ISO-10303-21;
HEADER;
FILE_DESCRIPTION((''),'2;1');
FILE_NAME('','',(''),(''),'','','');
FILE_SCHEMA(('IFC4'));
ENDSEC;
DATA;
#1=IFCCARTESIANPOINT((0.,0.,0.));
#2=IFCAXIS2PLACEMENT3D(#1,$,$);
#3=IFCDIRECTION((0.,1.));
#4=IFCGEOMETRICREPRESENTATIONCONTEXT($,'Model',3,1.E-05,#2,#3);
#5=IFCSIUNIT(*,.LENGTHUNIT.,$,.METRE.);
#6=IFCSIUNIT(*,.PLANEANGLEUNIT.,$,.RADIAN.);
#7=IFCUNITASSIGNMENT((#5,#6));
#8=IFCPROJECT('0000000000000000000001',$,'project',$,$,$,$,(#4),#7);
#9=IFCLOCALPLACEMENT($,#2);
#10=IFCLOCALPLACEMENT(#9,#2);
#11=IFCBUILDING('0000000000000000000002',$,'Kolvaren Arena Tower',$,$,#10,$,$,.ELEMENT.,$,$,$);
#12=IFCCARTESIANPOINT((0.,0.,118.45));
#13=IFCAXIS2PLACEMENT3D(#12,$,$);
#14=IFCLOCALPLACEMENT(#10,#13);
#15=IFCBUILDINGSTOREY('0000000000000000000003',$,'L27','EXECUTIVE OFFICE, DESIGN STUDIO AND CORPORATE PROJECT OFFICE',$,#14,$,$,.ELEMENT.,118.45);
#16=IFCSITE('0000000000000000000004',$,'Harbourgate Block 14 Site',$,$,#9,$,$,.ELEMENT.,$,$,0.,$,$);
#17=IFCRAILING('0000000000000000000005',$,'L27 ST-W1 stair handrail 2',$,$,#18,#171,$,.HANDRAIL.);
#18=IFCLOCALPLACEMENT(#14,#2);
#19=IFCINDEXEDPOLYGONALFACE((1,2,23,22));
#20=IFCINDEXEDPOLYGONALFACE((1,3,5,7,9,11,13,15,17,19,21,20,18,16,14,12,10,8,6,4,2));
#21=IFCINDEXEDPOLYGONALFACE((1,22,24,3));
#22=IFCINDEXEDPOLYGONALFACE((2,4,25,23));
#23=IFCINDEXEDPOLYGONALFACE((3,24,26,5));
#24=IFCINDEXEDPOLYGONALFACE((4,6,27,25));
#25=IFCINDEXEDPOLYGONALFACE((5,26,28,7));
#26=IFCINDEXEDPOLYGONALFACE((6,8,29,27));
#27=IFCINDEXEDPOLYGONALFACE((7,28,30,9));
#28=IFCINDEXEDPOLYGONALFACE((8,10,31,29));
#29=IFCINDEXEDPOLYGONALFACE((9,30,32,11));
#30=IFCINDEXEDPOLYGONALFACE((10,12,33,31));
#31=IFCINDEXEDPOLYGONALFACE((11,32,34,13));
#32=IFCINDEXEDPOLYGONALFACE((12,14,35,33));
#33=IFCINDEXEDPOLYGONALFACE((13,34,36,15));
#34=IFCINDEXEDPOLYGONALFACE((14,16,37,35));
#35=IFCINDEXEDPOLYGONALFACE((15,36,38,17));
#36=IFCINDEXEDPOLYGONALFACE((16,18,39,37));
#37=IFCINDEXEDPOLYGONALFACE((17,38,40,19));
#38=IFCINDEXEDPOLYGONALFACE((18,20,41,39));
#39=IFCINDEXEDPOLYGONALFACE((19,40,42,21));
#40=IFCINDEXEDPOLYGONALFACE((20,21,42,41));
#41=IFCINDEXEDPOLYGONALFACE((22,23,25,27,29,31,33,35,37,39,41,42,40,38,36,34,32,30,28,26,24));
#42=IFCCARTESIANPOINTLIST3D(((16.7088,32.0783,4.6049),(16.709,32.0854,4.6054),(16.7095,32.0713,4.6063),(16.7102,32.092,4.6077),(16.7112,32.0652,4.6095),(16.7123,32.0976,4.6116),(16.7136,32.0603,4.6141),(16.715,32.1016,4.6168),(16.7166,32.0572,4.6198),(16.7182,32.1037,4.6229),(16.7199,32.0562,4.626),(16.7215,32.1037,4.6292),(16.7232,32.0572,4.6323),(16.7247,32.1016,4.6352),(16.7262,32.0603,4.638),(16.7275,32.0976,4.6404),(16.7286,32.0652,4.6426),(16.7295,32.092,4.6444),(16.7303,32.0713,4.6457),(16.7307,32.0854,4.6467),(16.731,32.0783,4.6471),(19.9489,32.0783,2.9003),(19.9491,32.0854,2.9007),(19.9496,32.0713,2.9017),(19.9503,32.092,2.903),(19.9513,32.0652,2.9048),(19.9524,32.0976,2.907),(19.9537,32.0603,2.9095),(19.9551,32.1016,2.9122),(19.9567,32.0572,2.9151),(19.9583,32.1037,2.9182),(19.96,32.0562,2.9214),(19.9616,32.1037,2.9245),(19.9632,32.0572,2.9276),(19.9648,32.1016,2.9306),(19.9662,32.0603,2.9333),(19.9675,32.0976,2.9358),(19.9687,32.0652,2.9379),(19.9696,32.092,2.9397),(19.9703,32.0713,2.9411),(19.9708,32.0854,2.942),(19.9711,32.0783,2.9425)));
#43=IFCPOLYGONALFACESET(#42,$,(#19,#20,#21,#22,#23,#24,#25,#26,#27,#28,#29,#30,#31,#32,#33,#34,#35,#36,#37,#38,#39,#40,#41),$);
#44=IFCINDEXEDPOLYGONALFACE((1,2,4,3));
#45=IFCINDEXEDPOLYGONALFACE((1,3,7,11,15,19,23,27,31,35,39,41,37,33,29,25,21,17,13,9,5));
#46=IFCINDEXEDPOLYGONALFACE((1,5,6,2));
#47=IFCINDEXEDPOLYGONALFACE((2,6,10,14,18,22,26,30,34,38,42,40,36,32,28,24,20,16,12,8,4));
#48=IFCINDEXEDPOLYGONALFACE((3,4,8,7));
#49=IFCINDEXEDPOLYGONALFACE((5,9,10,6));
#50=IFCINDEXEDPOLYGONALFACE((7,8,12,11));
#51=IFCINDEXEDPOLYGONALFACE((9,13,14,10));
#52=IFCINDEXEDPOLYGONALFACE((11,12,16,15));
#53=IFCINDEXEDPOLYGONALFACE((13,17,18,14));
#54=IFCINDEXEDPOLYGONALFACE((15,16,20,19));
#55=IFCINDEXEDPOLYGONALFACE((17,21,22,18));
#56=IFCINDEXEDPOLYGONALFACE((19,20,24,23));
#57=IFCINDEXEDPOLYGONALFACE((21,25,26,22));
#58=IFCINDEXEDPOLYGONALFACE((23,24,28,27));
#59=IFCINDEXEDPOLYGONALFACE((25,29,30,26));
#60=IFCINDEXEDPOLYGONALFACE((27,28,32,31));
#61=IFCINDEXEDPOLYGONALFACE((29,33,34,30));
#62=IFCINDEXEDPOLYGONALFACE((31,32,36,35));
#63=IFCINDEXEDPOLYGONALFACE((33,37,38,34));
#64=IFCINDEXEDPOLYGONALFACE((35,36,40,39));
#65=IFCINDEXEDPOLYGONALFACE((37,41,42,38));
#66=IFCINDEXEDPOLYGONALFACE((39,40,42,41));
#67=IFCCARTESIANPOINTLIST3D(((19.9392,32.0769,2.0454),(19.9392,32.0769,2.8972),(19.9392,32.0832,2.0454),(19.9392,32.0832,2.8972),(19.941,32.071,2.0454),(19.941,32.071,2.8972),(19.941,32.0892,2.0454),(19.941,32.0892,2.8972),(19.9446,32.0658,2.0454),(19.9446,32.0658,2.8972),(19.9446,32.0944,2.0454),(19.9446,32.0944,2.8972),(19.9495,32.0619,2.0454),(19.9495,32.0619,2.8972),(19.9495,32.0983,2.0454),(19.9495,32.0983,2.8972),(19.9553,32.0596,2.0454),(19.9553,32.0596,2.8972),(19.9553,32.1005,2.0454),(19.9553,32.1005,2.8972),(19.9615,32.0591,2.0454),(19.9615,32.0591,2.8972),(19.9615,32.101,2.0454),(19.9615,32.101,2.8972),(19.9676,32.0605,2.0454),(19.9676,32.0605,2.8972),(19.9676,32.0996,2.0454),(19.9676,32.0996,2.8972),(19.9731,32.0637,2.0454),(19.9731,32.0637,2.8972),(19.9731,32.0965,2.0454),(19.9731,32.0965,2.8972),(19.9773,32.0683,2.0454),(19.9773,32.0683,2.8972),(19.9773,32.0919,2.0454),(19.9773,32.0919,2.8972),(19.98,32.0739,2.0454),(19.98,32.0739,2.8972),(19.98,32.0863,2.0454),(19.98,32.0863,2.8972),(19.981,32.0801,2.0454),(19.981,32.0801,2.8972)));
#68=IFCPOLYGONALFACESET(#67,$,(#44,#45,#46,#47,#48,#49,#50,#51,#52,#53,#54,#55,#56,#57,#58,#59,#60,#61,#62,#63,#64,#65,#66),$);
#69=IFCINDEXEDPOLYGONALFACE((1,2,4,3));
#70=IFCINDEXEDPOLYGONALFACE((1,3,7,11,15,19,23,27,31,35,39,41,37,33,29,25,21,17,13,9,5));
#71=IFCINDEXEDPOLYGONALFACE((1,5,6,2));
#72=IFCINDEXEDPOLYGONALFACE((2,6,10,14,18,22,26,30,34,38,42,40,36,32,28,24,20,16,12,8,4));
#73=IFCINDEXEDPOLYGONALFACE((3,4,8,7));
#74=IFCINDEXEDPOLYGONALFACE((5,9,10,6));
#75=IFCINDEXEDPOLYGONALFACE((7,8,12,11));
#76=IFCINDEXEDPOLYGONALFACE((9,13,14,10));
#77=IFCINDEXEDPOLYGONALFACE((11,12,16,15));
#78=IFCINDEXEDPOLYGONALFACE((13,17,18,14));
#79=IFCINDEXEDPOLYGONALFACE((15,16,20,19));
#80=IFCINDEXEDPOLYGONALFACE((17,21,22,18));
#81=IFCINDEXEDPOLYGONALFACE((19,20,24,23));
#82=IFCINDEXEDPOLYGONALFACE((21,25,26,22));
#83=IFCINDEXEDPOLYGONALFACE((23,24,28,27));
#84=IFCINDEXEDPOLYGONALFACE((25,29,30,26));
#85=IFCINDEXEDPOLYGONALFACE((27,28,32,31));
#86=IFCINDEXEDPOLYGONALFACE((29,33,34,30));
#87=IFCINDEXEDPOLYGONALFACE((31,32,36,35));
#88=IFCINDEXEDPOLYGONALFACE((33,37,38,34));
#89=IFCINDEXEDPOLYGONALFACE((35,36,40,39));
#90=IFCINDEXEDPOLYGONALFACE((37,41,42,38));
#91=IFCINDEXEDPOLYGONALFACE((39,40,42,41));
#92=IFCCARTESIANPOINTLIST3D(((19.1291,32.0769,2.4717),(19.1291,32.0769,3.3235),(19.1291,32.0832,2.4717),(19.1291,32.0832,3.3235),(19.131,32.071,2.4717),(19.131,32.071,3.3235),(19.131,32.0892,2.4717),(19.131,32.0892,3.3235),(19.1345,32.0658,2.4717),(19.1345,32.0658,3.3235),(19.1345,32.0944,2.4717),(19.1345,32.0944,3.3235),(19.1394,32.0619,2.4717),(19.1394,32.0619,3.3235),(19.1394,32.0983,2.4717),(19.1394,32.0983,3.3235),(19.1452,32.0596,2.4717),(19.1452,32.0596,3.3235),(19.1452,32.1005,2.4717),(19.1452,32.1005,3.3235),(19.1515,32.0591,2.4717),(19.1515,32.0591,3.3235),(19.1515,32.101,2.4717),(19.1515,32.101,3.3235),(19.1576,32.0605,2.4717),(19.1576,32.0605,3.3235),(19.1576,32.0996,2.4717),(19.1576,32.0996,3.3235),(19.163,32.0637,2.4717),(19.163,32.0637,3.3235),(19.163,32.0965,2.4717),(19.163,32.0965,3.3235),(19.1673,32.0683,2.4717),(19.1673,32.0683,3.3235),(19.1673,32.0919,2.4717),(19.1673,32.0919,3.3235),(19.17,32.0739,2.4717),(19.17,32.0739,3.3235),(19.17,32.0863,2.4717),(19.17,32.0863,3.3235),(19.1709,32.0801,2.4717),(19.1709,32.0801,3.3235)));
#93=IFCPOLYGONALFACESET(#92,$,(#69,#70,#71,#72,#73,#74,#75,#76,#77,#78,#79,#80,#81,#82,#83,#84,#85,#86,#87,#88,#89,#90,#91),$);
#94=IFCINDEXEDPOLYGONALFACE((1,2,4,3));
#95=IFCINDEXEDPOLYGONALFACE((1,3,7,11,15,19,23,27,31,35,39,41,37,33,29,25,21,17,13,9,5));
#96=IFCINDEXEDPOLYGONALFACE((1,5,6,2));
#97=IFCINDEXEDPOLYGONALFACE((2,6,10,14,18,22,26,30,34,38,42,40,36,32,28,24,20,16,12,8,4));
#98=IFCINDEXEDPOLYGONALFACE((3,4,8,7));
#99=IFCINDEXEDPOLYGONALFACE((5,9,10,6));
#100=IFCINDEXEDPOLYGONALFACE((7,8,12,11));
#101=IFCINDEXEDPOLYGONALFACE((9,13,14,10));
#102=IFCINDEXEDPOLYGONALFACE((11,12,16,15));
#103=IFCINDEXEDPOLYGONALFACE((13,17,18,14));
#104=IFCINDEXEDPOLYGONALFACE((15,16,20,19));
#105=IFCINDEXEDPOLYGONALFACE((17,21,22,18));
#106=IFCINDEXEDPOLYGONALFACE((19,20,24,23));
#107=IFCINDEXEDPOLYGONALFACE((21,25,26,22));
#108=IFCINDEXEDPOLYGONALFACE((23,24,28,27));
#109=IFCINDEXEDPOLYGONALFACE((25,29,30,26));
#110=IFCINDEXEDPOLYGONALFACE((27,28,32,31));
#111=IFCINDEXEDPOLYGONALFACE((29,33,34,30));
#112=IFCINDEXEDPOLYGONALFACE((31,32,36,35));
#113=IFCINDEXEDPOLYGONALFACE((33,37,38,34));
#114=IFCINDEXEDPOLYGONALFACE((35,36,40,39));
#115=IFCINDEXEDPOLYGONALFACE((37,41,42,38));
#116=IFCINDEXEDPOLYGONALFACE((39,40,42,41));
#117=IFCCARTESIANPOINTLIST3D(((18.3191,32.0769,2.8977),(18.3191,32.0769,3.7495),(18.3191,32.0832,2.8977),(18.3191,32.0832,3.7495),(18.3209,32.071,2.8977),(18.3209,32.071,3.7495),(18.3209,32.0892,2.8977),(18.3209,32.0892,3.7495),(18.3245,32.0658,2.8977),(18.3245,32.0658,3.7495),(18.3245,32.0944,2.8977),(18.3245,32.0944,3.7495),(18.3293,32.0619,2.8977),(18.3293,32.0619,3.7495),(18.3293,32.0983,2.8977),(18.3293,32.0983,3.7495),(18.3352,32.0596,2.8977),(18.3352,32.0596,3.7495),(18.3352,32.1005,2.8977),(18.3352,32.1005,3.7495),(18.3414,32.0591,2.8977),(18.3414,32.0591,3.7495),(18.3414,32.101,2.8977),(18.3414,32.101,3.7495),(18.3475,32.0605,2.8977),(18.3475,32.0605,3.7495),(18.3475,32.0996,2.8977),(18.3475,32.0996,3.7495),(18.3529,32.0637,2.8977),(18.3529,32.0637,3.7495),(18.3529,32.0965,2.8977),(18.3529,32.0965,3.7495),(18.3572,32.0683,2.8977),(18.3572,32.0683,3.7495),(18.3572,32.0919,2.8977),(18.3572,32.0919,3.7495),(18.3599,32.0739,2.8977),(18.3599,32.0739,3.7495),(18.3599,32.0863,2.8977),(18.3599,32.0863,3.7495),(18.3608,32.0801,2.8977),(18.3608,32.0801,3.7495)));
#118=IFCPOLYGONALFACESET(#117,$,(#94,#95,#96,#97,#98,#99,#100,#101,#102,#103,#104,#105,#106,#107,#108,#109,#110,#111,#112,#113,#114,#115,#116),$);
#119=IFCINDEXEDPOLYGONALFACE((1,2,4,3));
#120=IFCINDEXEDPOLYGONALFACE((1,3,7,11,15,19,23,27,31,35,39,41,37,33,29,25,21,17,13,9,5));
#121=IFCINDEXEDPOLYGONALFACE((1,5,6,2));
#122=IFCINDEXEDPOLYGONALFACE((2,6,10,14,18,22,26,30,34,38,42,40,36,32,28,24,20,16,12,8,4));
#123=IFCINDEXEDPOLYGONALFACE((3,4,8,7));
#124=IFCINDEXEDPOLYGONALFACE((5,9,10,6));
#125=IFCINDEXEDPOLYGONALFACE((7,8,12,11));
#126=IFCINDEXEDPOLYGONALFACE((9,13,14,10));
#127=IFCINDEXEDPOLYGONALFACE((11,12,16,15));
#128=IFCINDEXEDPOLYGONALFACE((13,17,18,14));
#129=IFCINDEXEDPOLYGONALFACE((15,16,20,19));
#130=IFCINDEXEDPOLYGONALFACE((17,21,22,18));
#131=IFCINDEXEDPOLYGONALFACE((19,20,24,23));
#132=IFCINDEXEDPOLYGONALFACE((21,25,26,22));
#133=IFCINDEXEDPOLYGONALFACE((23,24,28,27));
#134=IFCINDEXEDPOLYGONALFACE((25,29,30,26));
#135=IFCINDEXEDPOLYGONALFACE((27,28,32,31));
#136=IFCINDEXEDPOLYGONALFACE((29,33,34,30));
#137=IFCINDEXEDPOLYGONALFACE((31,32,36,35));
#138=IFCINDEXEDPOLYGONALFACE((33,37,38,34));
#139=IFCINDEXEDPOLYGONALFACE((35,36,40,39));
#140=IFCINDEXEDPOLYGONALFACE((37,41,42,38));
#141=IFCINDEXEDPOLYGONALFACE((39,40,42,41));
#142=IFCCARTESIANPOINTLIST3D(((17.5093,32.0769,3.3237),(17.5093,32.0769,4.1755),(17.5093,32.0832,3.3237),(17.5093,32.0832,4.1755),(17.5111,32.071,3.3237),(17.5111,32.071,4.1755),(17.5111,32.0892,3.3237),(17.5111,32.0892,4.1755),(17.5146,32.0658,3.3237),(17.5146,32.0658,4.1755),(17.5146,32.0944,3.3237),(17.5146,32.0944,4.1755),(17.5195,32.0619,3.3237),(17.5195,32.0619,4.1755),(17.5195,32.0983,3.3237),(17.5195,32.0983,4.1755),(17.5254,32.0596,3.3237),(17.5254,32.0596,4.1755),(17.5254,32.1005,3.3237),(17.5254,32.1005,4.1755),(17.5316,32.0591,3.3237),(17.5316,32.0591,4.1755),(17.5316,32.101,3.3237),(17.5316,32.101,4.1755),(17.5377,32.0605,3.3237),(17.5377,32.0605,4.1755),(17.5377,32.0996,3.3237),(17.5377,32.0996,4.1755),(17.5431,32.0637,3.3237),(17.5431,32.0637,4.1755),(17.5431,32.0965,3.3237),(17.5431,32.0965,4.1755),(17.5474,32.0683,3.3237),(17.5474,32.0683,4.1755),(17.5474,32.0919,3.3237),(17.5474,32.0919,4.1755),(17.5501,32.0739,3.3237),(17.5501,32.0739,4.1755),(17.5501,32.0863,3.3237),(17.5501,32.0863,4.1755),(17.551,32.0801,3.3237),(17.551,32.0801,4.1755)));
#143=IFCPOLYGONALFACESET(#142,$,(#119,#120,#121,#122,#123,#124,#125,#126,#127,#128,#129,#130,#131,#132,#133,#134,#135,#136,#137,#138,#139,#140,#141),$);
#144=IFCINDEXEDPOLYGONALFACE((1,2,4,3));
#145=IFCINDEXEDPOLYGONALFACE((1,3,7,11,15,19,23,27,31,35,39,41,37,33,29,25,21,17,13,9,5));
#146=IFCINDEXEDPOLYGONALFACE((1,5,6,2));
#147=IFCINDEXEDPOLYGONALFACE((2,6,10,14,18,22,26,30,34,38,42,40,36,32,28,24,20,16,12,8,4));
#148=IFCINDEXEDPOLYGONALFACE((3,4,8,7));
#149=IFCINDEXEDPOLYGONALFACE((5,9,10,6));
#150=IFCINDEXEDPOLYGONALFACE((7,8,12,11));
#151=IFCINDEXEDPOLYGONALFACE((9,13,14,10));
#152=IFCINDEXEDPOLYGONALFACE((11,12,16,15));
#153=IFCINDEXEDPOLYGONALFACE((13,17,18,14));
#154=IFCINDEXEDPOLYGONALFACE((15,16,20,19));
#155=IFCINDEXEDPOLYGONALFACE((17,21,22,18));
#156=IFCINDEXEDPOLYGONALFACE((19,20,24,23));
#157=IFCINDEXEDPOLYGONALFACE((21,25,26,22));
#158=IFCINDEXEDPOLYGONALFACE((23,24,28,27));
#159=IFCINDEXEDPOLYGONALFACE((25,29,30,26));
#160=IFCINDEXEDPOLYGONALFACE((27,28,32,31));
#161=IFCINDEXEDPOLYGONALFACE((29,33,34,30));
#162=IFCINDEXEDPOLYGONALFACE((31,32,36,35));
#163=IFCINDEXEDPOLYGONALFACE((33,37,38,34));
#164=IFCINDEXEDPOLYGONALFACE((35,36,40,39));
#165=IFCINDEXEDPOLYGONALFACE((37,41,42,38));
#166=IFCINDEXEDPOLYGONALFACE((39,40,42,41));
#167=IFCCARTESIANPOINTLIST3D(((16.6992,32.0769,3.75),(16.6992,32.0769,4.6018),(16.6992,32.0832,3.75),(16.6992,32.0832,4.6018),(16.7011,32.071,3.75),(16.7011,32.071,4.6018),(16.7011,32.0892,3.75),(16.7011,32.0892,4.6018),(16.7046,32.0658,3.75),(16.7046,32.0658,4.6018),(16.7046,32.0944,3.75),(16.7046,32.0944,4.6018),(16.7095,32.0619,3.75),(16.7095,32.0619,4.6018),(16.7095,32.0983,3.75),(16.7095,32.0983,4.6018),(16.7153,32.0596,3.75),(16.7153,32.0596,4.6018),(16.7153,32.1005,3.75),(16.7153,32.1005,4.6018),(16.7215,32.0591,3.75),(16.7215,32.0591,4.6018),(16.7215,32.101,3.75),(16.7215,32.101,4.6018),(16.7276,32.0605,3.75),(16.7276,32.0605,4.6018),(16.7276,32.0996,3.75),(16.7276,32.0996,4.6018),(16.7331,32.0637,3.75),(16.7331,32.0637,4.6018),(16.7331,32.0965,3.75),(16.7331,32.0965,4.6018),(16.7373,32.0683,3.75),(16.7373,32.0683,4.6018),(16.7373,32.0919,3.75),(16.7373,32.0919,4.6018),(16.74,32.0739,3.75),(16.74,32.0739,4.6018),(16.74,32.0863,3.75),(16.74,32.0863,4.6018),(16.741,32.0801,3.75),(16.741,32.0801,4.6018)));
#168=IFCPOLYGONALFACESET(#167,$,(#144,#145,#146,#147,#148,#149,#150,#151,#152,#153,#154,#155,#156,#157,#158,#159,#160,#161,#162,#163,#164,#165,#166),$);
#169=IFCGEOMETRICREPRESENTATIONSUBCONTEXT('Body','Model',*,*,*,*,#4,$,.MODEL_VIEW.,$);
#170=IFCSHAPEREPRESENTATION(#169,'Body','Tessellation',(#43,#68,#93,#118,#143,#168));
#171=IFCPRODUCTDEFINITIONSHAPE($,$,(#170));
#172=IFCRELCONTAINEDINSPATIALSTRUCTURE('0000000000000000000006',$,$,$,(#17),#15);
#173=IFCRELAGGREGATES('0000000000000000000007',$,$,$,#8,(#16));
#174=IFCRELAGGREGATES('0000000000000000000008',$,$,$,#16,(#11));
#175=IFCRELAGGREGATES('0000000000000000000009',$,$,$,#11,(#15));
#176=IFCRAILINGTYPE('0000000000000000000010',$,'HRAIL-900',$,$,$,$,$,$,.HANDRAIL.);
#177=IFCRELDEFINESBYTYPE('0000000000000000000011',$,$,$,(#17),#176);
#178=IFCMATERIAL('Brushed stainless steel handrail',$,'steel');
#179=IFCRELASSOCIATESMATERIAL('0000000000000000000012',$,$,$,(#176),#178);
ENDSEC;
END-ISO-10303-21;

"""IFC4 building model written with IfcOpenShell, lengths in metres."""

from ifc_helpers import new_model, si_unit, direction, frame, origin, origin_2d, place, context, subcontext, project, spatial, circle, extrude, material, type_object, element, save


model = new_model("IFC4")

# Units and contexts
model_context = context("Model", 3, precision=1e-05, world=origin(), true_north=direction((0.0, 1.0)))
body_context = subcontext(model_context, "Body", "Model", "MODEL_VIEW")
ifc_project = project(units=[si_unit("LENGTHUNIT", "METRE"), si_unit("PLANEANGLEUNIT", "RADIAN")], contexts=[model_context])

# Site, building, storey
site_placement = place(None, origin())
site = spatial("IfcSite", under=ifc_project, at=site_placement, Name="Harbourgate Block 14 Site", CompositionType="ELEMENT", RefElevation=0.0)
building_placement = place(site_placement, origin())
building = spatial("IfcBuilding", under=site, at=building_placement, Name="Kolvaren Arena Tower", CompositionType="ELEMENT")
storey_placement = place(building_placement, frame((0.0, 0.0, 118.45)))
storey = spatial("IfcBuildingStorey", under=building, at=storey_placement, Name="L27", Description="EXECUTIVE OFFICE, DESIGN STUDIO AND CORPORATE PROJECT OFFICE", CompositionType="ELEMENT", Elevation=118.45)

# Railing
ifc_material_1 = material(Name="Brushed stainless steel handrail", Category="steel")
railing_type_1 = type_object("IfcRailingType", Name="HRAIL-900", PredefinedType="HANDRAIL", material=ifc_material_1)
railing_1_placement = place(storey_placement, frame((19.96, 32.0801, 2.0454)))
element("IfcRailing", 1, at=railing_1_placement, inside=storey, type_object=railing_type_1, Name="L27 ST-W1 stair handrail 2", PredefinedType="HANDRAIL", context=body_context, shape_type="SweptSolid", body=[
    extrude(circle(Radius=0.0239, at=origin_2d()), frame((0.0, 0.0, 0.876), z_axis=(-0.884993, 0.0, 0.465604), x_axis=(0.0, -1.0, 0.0)), (0.0, 0.0, 1.0), 3.6611),
    extrude(circle(Radius=0.021, at=origin_2d()), origin(), (0.0, 0.0, 1.0), 0.8518),
    extrude(circle(Radius=0.021, at=origin_2d()), frame((-0.8101, 0.0, 0.4263)), (0.0, 0.0, 1.0), 0.8518),
    extrude(circle(Radius=0.021, at=origin_2d()), frame((-1.6201, 0.0, 0.8523)), (0.0, 0.0, 1.0), 0.8518),
    extrude(circle(Radius=0.021, at=origin_2d()), frame((-2.4299, 0.0, 1.2783)), (0.0, 0.0, 1.0), 0.8518),
    extrude(circle(Radius=0.021, at=origin_2d()), frame((-3.24, 0.0, 1.7046)), (0.0, 0.0, 1.0), 0.8518),
])

save(model, "model.ifc")
